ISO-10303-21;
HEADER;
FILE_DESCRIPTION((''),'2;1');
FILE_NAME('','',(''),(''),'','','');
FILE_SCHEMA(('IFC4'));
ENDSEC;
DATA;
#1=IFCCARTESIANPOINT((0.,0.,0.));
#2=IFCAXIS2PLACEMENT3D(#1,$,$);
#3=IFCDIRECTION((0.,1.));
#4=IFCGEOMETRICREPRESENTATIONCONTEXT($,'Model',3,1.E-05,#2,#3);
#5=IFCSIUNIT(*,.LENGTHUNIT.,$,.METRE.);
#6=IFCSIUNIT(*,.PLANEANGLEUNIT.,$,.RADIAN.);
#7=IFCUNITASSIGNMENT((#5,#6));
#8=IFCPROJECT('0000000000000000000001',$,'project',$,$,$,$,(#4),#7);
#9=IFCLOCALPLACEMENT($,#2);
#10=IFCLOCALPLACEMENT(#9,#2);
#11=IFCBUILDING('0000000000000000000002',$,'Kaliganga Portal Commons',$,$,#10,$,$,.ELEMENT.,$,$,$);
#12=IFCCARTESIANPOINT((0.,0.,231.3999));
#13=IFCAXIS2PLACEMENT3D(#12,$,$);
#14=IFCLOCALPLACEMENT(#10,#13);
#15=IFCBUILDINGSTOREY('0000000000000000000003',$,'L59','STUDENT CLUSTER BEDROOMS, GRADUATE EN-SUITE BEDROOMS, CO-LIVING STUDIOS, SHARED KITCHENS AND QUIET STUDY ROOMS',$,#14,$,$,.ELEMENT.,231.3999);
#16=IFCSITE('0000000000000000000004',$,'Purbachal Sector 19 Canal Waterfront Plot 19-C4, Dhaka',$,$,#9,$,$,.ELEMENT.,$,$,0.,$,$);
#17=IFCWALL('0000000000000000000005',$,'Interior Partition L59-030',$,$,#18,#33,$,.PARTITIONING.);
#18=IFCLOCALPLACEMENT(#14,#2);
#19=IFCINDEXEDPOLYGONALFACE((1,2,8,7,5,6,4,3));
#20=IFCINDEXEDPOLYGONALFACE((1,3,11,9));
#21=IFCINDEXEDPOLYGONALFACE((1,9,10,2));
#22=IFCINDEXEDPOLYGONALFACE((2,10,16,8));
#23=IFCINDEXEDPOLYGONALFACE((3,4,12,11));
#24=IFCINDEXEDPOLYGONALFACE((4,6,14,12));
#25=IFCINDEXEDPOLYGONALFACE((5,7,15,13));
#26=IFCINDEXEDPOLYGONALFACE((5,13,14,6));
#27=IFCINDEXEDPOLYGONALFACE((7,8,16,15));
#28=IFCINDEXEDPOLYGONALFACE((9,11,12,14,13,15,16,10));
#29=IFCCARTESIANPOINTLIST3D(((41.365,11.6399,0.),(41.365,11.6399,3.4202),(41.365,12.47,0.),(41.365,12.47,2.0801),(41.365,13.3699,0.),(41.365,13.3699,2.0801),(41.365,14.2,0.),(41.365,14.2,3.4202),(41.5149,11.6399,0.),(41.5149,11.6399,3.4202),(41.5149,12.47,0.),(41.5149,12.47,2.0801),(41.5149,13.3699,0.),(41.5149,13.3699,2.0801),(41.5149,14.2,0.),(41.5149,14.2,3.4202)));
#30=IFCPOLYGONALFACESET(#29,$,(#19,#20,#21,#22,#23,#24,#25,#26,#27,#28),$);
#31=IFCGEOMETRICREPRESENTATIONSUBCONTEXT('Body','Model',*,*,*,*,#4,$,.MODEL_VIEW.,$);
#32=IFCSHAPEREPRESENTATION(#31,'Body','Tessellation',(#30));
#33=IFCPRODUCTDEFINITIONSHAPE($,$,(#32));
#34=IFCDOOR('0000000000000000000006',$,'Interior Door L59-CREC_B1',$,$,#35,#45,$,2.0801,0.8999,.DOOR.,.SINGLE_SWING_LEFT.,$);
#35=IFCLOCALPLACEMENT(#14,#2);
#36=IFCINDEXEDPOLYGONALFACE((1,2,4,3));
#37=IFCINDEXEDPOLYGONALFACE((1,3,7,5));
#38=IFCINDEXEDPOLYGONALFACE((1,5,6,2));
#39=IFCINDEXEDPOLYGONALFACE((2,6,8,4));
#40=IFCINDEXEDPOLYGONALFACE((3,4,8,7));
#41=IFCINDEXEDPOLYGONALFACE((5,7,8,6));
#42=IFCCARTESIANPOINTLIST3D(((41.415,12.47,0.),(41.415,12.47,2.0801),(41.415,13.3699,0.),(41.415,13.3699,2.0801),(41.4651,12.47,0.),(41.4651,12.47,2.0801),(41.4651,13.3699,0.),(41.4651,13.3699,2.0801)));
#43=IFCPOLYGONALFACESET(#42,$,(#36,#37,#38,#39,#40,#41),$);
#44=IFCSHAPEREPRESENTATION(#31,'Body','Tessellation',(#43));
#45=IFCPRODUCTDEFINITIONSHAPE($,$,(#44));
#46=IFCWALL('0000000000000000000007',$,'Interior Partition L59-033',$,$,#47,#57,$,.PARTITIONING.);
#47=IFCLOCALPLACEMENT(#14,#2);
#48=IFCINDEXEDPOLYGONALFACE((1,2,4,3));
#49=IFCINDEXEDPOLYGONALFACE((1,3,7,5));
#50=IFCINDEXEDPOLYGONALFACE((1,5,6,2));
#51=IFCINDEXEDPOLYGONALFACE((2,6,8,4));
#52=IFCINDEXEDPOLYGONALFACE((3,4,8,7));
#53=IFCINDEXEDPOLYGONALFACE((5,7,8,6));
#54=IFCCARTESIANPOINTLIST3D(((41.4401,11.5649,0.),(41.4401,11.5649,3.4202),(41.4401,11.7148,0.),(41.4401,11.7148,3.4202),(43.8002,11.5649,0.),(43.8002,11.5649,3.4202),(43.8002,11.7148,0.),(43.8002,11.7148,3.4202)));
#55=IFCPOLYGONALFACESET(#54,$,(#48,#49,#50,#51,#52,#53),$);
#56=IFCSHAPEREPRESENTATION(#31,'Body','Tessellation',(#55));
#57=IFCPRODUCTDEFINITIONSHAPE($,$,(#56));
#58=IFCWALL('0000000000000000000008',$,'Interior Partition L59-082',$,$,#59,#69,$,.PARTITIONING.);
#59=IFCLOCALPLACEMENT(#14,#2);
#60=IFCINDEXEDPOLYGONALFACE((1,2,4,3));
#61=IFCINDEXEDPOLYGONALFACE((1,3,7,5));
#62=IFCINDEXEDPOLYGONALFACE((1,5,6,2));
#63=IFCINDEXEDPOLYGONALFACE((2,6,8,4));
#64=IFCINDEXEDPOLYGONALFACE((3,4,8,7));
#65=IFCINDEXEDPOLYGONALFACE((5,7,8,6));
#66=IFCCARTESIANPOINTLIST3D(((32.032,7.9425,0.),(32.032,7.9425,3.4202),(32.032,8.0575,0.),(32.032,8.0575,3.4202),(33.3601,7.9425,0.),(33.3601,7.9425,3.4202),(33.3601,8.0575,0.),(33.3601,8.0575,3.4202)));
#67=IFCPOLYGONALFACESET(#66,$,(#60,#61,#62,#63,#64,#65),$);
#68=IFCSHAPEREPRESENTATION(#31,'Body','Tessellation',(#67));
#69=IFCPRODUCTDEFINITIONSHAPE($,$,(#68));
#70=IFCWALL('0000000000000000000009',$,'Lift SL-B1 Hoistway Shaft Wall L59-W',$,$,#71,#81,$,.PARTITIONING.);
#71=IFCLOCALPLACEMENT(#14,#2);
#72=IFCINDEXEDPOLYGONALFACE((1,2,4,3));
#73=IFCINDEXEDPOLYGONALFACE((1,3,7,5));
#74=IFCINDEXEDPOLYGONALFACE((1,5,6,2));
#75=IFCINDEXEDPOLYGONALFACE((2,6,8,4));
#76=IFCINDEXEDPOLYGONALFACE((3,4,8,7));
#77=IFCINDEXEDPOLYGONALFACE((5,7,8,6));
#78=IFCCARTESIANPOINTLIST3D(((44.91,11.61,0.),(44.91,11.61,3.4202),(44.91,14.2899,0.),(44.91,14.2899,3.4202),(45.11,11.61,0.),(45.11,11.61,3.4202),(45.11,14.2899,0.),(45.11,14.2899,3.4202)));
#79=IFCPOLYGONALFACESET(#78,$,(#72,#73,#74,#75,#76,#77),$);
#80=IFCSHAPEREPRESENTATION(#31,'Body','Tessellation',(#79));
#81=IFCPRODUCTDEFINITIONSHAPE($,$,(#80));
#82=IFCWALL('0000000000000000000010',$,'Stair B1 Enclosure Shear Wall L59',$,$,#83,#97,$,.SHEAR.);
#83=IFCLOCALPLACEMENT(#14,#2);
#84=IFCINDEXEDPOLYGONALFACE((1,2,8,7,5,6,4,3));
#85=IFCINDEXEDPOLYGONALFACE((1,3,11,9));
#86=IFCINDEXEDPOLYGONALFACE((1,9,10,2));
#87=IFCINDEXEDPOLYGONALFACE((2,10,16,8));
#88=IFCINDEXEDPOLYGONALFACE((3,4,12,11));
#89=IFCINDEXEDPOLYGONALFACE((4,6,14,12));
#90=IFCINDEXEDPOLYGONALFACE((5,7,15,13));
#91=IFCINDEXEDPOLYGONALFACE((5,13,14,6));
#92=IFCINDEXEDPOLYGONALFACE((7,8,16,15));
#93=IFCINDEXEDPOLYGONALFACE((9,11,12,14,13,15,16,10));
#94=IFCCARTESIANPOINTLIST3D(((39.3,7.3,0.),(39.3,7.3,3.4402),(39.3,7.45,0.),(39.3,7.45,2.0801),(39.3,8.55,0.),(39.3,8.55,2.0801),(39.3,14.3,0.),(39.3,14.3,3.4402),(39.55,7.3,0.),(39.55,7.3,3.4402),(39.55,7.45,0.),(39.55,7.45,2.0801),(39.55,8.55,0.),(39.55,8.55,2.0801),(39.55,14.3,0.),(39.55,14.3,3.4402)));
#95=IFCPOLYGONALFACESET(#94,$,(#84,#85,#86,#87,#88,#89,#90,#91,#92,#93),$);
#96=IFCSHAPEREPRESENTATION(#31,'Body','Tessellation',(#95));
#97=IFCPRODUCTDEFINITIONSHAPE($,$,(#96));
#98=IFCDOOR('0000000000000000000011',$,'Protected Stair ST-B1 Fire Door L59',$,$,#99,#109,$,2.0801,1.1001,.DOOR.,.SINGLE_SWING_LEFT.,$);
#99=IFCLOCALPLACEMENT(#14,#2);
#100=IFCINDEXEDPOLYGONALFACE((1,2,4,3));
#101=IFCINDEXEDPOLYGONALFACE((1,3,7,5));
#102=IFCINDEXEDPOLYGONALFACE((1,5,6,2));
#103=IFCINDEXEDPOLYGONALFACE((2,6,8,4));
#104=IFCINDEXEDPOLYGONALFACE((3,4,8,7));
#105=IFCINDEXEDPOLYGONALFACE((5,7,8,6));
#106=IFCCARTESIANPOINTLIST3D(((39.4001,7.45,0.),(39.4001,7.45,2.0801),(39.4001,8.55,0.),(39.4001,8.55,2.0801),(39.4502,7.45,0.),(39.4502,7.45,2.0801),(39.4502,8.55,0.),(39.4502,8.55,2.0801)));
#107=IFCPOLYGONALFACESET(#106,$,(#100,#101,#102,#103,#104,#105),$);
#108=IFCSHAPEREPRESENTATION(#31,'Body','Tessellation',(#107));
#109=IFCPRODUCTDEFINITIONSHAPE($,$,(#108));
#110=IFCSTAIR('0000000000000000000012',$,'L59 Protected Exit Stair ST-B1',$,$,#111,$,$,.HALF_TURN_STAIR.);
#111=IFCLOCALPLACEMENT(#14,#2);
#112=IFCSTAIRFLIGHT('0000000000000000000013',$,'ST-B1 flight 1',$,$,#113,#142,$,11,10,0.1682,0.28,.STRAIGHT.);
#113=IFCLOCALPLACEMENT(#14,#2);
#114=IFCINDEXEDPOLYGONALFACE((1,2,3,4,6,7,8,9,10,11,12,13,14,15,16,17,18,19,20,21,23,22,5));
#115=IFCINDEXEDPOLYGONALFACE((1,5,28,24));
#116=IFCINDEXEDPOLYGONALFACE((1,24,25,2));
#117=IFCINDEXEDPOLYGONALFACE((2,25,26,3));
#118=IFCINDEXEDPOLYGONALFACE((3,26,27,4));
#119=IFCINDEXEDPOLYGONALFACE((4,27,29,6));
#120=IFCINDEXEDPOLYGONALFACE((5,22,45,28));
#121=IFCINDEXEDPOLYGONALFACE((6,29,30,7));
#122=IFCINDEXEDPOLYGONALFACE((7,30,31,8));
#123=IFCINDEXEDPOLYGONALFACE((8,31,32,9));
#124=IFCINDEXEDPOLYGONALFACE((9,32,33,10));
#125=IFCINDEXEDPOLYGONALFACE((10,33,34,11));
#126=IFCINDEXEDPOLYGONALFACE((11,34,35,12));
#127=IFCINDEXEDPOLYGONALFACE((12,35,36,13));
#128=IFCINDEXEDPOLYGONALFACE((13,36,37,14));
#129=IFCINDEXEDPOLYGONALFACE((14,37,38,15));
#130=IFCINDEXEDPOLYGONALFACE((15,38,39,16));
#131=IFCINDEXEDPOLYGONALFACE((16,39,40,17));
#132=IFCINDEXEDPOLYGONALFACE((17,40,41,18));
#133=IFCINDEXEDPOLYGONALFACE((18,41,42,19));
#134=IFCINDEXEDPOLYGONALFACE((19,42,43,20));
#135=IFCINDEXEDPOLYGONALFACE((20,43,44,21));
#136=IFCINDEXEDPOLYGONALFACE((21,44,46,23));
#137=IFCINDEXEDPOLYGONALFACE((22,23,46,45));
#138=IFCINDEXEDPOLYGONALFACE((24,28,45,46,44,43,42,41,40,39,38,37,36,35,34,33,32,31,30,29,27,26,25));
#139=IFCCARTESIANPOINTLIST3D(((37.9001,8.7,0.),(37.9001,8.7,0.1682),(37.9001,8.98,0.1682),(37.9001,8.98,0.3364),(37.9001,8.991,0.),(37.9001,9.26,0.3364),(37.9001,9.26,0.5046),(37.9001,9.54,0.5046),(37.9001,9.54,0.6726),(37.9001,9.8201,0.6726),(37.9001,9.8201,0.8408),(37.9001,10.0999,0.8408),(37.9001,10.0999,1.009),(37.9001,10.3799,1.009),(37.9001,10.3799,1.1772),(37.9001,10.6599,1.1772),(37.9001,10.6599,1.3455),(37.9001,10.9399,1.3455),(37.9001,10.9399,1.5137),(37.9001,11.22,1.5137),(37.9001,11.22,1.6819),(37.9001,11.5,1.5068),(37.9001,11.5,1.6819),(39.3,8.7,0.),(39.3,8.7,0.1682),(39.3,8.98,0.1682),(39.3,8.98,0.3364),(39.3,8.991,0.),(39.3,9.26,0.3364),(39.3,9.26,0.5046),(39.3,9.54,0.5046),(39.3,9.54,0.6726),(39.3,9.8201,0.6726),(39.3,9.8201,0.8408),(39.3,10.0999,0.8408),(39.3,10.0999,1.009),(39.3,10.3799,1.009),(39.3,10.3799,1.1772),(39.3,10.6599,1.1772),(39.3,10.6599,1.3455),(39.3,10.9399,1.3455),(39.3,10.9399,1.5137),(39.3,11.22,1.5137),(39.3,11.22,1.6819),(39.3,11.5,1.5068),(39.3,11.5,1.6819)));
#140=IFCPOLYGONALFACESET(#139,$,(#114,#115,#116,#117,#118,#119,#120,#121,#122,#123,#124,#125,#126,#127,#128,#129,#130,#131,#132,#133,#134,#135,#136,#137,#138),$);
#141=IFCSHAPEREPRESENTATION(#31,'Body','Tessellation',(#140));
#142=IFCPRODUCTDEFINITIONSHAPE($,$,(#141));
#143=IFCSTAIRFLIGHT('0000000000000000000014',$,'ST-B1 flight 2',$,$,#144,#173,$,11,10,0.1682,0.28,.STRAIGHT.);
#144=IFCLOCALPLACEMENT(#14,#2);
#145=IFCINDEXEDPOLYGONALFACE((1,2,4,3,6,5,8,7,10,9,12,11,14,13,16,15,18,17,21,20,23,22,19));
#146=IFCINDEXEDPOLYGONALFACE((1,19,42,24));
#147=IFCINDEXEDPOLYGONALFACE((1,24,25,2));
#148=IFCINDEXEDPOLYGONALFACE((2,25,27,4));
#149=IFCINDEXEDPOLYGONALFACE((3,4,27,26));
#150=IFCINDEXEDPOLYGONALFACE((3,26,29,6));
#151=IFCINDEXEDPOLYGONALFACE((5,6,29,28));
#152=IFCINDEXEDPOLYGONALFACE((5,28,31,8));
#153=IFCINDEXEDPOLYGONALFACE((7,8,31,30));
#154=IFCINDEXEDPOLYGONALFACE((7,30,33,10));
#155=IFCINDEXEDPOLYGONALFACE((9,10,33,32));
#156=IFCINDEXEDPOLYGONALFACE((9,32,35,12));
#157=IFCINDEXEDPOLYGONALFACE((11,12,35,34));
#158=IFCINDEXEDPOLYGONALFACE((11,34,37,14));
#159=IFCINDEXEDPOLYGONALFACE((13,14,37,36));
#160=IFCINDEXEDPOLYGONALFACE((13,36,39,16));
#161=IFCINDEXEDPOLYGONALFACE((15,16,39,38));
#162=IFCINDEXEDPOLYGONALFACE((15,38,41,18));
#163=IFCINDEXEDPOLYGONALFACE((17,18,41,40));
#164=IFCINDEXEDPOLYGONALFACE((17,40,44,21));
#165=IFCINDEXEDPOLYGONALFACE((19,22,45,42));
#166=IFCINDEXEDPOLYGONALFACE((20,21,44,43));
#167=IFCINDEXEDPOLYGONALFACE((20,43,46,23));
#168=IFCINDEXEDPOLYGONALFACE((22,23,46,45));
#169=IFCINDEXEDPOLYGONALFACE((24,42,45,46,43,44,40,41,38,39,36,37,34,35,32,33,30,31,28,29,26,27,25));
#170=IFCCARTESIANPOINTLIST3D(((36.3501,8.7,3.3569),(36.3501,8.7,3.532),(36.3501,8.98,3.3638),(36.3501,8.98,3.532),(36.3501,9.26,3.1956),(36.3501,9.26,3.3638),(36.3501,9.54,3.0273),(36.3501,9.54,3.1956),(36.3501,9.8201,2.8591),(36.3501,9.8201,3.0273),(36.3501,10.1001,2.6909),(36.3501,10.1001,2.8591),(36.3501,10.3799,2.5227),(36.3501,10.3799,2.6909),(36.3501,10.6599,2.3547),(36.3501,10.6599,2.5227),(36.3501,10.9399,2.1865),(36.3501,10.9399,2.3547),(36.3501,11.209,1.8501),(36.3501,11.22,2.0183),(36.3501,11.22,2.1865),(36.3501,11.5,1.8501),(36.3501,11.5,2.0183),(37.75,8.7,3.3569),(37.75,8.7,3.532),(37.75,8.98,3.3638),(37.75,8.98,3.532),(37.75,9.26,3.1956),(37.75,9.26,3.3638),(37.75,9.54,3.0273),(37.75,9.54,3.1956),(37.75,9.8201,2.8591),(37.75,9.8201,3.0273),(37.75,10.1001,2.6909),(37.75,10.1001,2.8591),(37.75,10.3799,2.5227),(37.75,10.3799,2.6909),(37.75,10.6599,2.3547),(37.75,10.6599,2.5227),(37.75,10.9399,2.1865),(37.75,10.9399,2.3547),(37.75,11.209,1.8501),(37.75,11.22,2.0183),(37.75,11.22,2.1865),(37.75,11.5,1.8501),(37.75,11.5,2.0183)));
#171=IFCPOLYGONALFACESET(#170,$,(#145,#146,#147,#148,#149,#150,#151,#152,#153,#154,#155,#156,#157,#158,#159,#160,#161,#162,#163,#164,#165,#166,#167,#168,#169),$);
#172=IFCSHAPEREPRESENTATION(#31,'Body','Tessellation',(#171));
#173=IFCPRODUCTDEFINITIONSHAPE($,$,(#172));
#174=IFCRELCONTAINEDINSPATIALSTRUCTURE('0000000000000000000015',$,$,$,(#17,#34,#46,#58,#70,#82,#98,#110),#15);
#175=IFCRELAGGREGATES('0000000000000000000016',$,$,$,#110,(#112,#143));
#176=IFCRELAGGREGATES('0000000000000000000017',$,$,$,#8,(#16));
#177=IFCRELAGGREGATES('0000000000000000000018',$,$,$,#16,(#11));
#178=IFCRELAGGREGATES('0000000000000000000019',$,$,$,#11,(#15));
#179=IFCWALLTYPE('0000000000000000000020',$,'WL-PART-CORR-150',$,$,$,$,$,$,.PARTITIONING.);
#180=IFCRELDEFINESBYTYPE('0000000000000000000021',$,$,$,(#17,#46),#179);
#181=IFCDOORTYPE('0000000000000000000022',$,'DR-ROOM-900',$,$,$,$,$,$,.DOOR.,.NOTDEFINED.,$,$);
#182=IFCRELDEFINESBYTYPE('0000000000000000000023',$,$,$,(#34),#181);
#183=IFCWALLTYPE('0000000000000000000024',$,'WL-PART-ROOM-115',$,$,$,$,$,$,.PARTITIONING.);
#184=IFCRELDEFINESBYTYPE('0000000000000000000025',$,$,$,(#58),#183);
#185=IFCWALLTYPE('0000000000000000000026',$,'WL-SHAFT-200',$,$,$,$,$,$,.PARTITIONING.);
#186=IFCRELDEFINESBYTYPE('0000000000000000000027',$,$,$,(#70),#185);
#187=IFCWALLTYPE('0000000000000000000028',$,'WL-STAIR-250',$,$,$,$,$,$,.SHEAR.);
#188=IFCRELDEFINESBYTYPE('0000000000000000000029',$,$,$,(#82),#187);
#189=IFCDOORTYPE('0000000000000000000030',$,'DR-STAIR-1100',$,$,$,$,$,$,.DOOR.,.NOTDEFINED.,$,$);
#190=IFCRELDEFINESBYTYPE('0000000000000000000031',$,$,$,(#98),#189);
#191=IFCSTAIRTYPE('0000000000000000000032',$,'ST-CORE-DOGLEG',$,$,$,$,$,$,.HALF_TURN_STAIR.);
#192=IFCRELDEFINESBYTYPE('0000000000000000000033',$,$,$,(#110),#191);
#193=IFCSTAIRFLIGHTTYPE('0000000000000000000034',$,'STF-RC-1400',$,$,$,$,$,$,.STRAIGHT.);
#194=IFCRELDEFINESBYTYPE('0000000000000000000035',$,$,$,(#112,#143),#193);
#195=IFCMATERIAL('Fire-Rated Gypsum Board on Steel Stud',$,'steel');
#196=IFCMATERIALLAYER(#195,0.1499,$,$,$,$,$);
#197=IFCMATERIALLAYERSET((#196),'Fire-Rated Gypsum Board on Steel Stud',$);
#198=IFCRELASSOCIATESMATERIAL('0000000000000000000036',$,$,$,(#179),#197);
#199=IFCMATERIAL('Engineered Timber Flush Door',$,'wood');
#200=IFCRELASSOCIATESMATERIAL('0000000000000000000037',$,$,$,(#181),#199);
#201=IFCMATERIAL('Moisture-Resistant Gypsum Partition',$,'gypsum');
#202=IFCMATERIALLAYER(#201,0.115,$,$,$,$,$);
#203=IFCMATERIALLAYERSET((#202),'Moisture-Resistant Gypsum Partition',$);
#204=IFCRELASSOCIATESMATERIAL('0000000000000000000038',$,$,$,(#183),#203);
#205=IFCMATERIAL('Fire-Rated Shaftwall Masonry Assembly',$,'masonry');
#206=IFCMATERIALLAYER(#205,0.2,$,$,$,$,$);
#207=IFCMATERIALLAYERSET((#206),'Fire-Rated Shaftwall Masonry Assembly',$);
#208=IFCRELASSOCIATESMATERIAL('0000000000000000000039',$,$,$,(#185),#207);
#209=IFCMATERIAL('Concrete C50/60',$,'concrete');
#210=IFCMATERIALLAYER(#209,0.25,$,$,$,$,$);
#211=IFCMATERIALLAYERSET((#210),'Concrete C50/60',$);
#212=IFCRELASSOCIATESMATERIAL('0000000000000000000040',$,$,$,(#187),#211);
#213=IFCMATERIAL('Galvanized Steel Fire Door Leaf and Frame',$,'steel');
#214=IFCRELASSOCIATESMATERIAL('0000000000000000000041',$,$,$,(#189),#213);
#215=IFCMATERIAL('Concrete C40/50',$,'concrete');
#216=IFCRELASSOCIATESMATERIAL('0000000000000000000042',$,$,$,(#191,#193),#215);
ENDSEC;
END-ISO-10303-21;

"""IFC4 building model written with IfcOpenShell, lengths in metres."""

from ifc_helpers import new_model, si_unit, direction, frame, frame_2d, origin, place, context, subcontext, project, spatial, polyline, rectangle, outline, extrude, material, layer, layer_set, type_object, element, fill, aggregate, save


model = new_model("IFC4")

# Units and contexts
model_context = context("Model", 3, precision=1e-05, world=origin(), true_north=direction((0.0, 1.0)))
body_context = subcontext(model_context, "Body", "Model", "MODEL_VIEW")
ifc_project = project(units=[si_unit("LENGTHUNIT", "METRE"), si_unit("PLANEANGLEUNIT", "RADIAN")], contexts=[model_context])

# Site, building, storey
site_placement = place(None, origin())
site = spatial("IfcSite", under=ifc_project, at=site_placement, Name="Purbachal Sector 19 Canal Waterfront Plot 19-C4, Dhaka", CompositionType="ELEMENT", RefElevation=0.0)
building_placement = place(site_placement, origin())
building = spatial("IfcBuilding", under=site, at=building_placement, Name="Kaliganga Portal Commons", CompositionType="ELEMENT")
storey_placement = place(building_placement, frame((0.0, 0.0, 231.3999)))
storey = spatial("IfcBuildingStorey", under=building, at=storey_placement, Name="L59", Description="STUDENT CLUSTER BEDROOMS, GRADUATE EN-SUITE BEDROOMS, CO-LIVING STUDIOS, SHARED KITCHENS AND QUIET STUDY ROOMS", CompositionType="ELEMENT", Elevation=231.3999)

# Shared definitions
ifc_material_1 = material(Name="Concrete C50/60", Category="concrete")

# Wall, opening, door
ifc_material_2 = material(Name="Fire-Rated Gypsum Board on Steel Stud", Category="steel")
ifc_layer_1 = layer(ifc_material_2, 0.1499)
ifc_layer_set_1 = layer_set([ifc_layer_1], Name="Fire-Rated Gypsum Board on Steel Stud")
wall_type_1 = type_object("IfcWallType", Name="WL-PART-CORR-150", PredefinedType="PARTITIONING", material=ifc_layer_set_1)
wall_1_placement = place(storey_placement, frame((41.4399, 11.6399, 0.0), z_axis=(0.0, 0.0, 1.0), x_axis=(0.0, 1.0, 0.0)))
wall_1 = element("IfcWall", 1, at=wall_1_placement, inside=storey, type_object=wall_type_1, Name="Interior Partition L59-030", PredefinedType="PARTITIONING", context=body_context, shape_type="SweptSolid", body=[
    extrude(rectangle(XDim=2.5601, YDim=0.1499, at=frame_2d((1.28, 0.0))), origin(), (0.0, 0.0, 1.0), 3.4202),
])
opening_1_placement = place(wall_1_placement, frame((0.8301, 0.0, 0.0)))
opening_1 = element("IfcOpeningElement", 2, at=opening_1_placement, cuts=wall_1, PredefinedType="OPENING", context=body_context, shape_type="SweptSolid", body=[
    extrude(rectangle(XDim=0.8999, YDim=2.0801, at=frame_2d((0.45, 1.04))), frame((0.0, 0.085, 0.0), z_axis=(0.0, -1.0, 0.0), x_axis=(1.0, 0.0, 0.0)), (0.0, 0.0, 1.0), 0.1699),
])
ifc_material_3 = material(Name="Engineered Timber Flush Door", Category="wood")
door_type_1 = type_object("IfcDoorType", Name="DR-ROOM-900", OperationType="NOTDEFINED", PredefinedType="DOOR", material=ifc_material_3)
door_1_placement = place(opening_1_placement, origin())
door_1 = element("IfcDoor", 3, at=door_1_placement, inside=storey, type_object=door_type_1, Name="Interior Door L59-CREC_B1", OperationType="SINGLE_SWING_LEFT", OverallHeight=2.0801, OverallWidth=0.8999, PredefinedType="DOOR", context=body_context, shape_type="SweptSolid", body=[
    extrude(rectangle(XDim=0.8999, YDim=2.0801, at=frame_2d((0.45, 1.04))), frame((0.0, 0.0249, 0.0), z_axis=(0.0, -1.0, 0.0), x_axis=(1.0, 0.0, 0.0)), (0.0, 0.0, 1.0), 0.05),
])
fill(opening_1, door_1)

# Walls
wall_2_placement = place(storey_placement, frame((41.4399, 11.6399, 0.0), z_axis=(0.0, 0.0, 1.0), x_axis=(1.0, 0.0, 0.0)))
element("IfcWall", 4, at=wall_2_placement, inside=storey, type_object=wall_type_1, Name="Interior Partition L59-033", PredefinedType="PARTITIONING", context=body_context, shape_type="SweptSolid", body=[
    extrude(rectangle(XDim=2.3601, YDim=0.1499, at=frame_2d((1.1802, 0.0))), origin(), (0.0, 0.0, 1.0), 3.4202),
])
ifc_material_4 = material(Name="Moisture-Resistant Gypsum Partition", Category="gypsum")
ifc_layer_2 = layer(ifc_material_4, 0.115)
ifc_layer_set_2 = layer_set([ifc_layer_2], Name="Moisture-Resistant Gypsum Partition")
wall_type_2 = type_object("IfcWallType", Name="WL-PART-ROOM-115", PredefinedType="PARTITIONING", material=ifc_layer_set_2)
wall_3_placement = place(storey_placement, frame((32.032, 8.0, 0.0), z_axis=(0.0, 0.0, 1.0), x_axis=(1.0, 0.0, 0.0)))
element("IfcWall", 5, at=wall_3_placement, inside=storey, type_object=wall_type_2, Name="Interior Partition L59-082", PredefinedType="PARTITIONING", context=body_context, shape_type="SweptSolid", body=[
    extrude(rectangle(XDim=1.3281, YDim=0.115, at=frame_2d((0.6641, 0.0))), origin(), (0.0, 0.0, 1.0), 3.4202),
])

# Shared definitions
ifc_material_5 = material(Name="Fire-Rated Shaftwall Masonry Assembly", Category="masonry")
ifc_layer_3 = layer(ifc_material_5, 0.2)
ifc_layer_set_3 = layer_set([ifc_layer_3], Name="Fire-Rated Shaftwall Masonry Assembly")
wall_type_3 = type_object("IfcWallType", Name="WL-SHAFT-200", PredefinedType="PARTITIONING", material=ifc_layer_set_3)

# Wall
wall_4_placement = place(storey_placement, frame((45.01, 11.6101, 0.0), z_axis=(0.0, 0.0, 1.0), x_axis=(0.0, 1.0, 0.0)))
element("IfcWall", 6, at=wall_4_placement, inside=storey, type_object=wall_type_3, Name="Lift SL-B1 Hoistway Shaft Wall L59-W", PredefinedType="PARTITIONING", context=body_context, shape_type="SweptSolid", body=[
    extrude(rectangle(XDim=2.6799, YDim=0.2, at=frame_2d((1.3398, 0.0))), origin(), (0.0, 0.0, 1.0), 3.4202),
])

# Wall, opening, door
ifc_layer_4 = layer(ifc_material_1, 0.25)
ifc_layer_set_4 = layer_set([ifc_layer_4], Name="Concrete C50/60")
wall_type_4 = type_object("IfcWallType", Name="WL-STAIR-250", PredefinedType="SHEAR", material=ifc_layer_set_4)
wall_5_placement = place(storey_placement, frame((39.425, 7.3, 0.0), z_axis=(0.0, 0.0, 1.0), x_axis=(0.0, 1.0, 0.0)))
wall_5 = element("IfcWall", 7, at=wall_5_placement, inside=storey, type_object=wall_type_4, Name="Stair B1 Enclosure Shear Wall L59", PredefinedType="SHEAR", context=body_context, shape_type="SweptSolid", body=[
    extrude(rectangle(XDim=7.0, YDim=0.25, at=frame_2d((3.5, 0.0))), origin(), (0.0, 0.0, 1.0), 3.4402),
])
opening_2_placement = place(wall_5_placement, frame((0.1499, 0.0, 0.0)))
opening_2 = element("IfcOpeningElement", 8, at=opening_2_placement, cuts=wall_5, PredefinedType="OPENING", context=body_context, shape_type="SweptSolid", body=[
    extrude(rectangle(XDim=1.1001, YDim=2.0801, at=frame_2d((0.55, 1.04))), frame((0.0, 0.135, 0.0), z_axis=(0.0, -1.0, 0.0), x_axis=(1.0, 0.0, 0.0)), (0.0, 0.0, 1.0), 0.27),
])
ifc_material_6 = material(Name="Galvanized Steel Fire Door Leaf and Frame", Category="steel")
door_type_2 = type_object("IfcDoorType", Name="DR-STAIR-1100", OperationType="NOTDEFINED", PredefinedType="DOOR", material=ifc_material_6)
door_2_placement = place(opening_2_placement, origin())
door_2 = element("IfcDoor", 9, at=door_2_placement, inside=storey, type_object=door_type_2, Name="Protected Stair ST-B1 Fire Door L59", OperationType="SINGLE_SWING_LEFT", OverallHeight=2.0801, OverallWidth=1.1001, PredefinedType="DOOR", context=body_context, shape_type="SweptSolid", body=[
    extrude(rectangle(XDim=1.1001, YDim=2.0801, at=frame_2d((0.55, 1.04))), frame((0.0, 0.0249, 0.0), z_axis=(0.0, -1.0, 0.0), x_axis=(1.0, 0.0, 0.0)), (0.0, 0.0, 1.0), 0.05),
])
fill(opening_2, door_2)

# Stair, stair flights
ifc_material_7 = material(Name="Concrete C40/50", Category="concrete")
stair_type = type_object("IfcStairType", Name="ST-CORE-DOGLEG", PredefinedType="HALF_TURN_STAIR", material=ifc_material_7)
stair_placement = place(storey_placement, origin())
stair = element("IfcStair", 10, at=stair_placement, inside=storey, type_object=stair_type, Name="L59 Protected Exit Stair ST-B1", PredefinedType="HALF_TURN_STAIR")
stair_flight_type = type_object("IfcStairFlightType", Name="STF-RC-1400", PredefinedType="STRAIGHT", material=ifc_material_7)
stair_flight_1_placement = place(storey_placement, frame((38.6001, 8.7, 0.0), z_axis=(0.0, 0.0, 1.0), x_axis=(0.0, 1.0, 0.0)))
stair_flight_1 = element("IfcStairFlight", 11, at=stair_flight_1_placement, type_object=stair_flight_type, Name="ST-B1 flight 1", NumberOfRisers=11, NumberOfTreads=10, PredefinedType="STRAIGHT", RiserHeight=0.1682, TreadLength=0.28, context=body_context, shape_type="SweptSolid", body=[
    extrude(outline(polyline([(0.0, 0.0), (0.0, 0.1682), (0.28, 0.1682), (0.28, 0.3364), (0.5601, 0.3364), (0.5601, 0.5046), (0.8401, 0.5046), (0.8401, 0.6726), (1.1201, 0.6726), (1.1201, 0.8408), (1.3999, 0.8408), (1.3999, 1.009), (1.6799, 1.009), (1.6799, 1.1772), (1.96, 1.1772), (1.96, 1.3455), (2.24, 1.3455), (2.24, 1.5137), (2.52, 1.5137), (2.52, 1.6819), (2.8, 1.6819), (2.8, 1.8501), (2.8, 1.5068), (0.291, 0.0), (0.0, 0.0)])), frame((0.0, 0.7, 0.0), z_axis=(0.0, -1.0, 0.0), x_axis=(1.0, 0.0, 0.0)), (0.0, 0.0, 1.0), 1.3999),
])
stair_flight_2_placement = place(storey_placement, frame((37.05, 11.5, 1.8501), z_axis=(0.0, 0.0, 1.0), x_axis=(0.0, -1.0, 0.0)))
stair_flight_2 = element("IfcStairFlight", 12, at=stair_flight_2_placement, type_object=stair_flight_type, Name="ST-B1 flight 2", NumberOfRisers=11, NumberOfTreads=10, PredefinedType="STRAIGHT", RiserHeight=0.1682, TreadLength=0.28, context=body_context, shape_type="SweptSolid", body=[
    extrude(outline(polyline([(0.0, 0.0), (0.0, 0.1682), (0.28, 0.1682), (0.28, 0.3364), (0.5601, 0.3364), (0.5601, 0.5046), (0.8401, 0.5046), (0.8401, 0.6726), (1.1201, 0.6726), (1.1201, 0.8408), (1.3999, 0.8408), (1.3999, 1.009), (1.6799, 1.009), (1.6799, 1.1772), (1.96, 1.1772), (1.96, 1.3455), (2.24, 1.3455), (2.24, 1.5137), (2.52, 1.5137), (2.52, 1.6819), (2.8, 1.6819), (2.8, 1.8501), (2.8, 1.5068), (0.291, 0.0), (0.0, 0.0)])), frame((0.0, 0.7, 0.0), z_axis=(0.0, -1.0, 0.0), x_axis=(1.0, 0.0, 0.0)), (0.0, 0.0, 1.0), 1.3999),
])
aggregate(stair, [stair_flight_1, stair_flight_2])

save(model, "model.ifc")
